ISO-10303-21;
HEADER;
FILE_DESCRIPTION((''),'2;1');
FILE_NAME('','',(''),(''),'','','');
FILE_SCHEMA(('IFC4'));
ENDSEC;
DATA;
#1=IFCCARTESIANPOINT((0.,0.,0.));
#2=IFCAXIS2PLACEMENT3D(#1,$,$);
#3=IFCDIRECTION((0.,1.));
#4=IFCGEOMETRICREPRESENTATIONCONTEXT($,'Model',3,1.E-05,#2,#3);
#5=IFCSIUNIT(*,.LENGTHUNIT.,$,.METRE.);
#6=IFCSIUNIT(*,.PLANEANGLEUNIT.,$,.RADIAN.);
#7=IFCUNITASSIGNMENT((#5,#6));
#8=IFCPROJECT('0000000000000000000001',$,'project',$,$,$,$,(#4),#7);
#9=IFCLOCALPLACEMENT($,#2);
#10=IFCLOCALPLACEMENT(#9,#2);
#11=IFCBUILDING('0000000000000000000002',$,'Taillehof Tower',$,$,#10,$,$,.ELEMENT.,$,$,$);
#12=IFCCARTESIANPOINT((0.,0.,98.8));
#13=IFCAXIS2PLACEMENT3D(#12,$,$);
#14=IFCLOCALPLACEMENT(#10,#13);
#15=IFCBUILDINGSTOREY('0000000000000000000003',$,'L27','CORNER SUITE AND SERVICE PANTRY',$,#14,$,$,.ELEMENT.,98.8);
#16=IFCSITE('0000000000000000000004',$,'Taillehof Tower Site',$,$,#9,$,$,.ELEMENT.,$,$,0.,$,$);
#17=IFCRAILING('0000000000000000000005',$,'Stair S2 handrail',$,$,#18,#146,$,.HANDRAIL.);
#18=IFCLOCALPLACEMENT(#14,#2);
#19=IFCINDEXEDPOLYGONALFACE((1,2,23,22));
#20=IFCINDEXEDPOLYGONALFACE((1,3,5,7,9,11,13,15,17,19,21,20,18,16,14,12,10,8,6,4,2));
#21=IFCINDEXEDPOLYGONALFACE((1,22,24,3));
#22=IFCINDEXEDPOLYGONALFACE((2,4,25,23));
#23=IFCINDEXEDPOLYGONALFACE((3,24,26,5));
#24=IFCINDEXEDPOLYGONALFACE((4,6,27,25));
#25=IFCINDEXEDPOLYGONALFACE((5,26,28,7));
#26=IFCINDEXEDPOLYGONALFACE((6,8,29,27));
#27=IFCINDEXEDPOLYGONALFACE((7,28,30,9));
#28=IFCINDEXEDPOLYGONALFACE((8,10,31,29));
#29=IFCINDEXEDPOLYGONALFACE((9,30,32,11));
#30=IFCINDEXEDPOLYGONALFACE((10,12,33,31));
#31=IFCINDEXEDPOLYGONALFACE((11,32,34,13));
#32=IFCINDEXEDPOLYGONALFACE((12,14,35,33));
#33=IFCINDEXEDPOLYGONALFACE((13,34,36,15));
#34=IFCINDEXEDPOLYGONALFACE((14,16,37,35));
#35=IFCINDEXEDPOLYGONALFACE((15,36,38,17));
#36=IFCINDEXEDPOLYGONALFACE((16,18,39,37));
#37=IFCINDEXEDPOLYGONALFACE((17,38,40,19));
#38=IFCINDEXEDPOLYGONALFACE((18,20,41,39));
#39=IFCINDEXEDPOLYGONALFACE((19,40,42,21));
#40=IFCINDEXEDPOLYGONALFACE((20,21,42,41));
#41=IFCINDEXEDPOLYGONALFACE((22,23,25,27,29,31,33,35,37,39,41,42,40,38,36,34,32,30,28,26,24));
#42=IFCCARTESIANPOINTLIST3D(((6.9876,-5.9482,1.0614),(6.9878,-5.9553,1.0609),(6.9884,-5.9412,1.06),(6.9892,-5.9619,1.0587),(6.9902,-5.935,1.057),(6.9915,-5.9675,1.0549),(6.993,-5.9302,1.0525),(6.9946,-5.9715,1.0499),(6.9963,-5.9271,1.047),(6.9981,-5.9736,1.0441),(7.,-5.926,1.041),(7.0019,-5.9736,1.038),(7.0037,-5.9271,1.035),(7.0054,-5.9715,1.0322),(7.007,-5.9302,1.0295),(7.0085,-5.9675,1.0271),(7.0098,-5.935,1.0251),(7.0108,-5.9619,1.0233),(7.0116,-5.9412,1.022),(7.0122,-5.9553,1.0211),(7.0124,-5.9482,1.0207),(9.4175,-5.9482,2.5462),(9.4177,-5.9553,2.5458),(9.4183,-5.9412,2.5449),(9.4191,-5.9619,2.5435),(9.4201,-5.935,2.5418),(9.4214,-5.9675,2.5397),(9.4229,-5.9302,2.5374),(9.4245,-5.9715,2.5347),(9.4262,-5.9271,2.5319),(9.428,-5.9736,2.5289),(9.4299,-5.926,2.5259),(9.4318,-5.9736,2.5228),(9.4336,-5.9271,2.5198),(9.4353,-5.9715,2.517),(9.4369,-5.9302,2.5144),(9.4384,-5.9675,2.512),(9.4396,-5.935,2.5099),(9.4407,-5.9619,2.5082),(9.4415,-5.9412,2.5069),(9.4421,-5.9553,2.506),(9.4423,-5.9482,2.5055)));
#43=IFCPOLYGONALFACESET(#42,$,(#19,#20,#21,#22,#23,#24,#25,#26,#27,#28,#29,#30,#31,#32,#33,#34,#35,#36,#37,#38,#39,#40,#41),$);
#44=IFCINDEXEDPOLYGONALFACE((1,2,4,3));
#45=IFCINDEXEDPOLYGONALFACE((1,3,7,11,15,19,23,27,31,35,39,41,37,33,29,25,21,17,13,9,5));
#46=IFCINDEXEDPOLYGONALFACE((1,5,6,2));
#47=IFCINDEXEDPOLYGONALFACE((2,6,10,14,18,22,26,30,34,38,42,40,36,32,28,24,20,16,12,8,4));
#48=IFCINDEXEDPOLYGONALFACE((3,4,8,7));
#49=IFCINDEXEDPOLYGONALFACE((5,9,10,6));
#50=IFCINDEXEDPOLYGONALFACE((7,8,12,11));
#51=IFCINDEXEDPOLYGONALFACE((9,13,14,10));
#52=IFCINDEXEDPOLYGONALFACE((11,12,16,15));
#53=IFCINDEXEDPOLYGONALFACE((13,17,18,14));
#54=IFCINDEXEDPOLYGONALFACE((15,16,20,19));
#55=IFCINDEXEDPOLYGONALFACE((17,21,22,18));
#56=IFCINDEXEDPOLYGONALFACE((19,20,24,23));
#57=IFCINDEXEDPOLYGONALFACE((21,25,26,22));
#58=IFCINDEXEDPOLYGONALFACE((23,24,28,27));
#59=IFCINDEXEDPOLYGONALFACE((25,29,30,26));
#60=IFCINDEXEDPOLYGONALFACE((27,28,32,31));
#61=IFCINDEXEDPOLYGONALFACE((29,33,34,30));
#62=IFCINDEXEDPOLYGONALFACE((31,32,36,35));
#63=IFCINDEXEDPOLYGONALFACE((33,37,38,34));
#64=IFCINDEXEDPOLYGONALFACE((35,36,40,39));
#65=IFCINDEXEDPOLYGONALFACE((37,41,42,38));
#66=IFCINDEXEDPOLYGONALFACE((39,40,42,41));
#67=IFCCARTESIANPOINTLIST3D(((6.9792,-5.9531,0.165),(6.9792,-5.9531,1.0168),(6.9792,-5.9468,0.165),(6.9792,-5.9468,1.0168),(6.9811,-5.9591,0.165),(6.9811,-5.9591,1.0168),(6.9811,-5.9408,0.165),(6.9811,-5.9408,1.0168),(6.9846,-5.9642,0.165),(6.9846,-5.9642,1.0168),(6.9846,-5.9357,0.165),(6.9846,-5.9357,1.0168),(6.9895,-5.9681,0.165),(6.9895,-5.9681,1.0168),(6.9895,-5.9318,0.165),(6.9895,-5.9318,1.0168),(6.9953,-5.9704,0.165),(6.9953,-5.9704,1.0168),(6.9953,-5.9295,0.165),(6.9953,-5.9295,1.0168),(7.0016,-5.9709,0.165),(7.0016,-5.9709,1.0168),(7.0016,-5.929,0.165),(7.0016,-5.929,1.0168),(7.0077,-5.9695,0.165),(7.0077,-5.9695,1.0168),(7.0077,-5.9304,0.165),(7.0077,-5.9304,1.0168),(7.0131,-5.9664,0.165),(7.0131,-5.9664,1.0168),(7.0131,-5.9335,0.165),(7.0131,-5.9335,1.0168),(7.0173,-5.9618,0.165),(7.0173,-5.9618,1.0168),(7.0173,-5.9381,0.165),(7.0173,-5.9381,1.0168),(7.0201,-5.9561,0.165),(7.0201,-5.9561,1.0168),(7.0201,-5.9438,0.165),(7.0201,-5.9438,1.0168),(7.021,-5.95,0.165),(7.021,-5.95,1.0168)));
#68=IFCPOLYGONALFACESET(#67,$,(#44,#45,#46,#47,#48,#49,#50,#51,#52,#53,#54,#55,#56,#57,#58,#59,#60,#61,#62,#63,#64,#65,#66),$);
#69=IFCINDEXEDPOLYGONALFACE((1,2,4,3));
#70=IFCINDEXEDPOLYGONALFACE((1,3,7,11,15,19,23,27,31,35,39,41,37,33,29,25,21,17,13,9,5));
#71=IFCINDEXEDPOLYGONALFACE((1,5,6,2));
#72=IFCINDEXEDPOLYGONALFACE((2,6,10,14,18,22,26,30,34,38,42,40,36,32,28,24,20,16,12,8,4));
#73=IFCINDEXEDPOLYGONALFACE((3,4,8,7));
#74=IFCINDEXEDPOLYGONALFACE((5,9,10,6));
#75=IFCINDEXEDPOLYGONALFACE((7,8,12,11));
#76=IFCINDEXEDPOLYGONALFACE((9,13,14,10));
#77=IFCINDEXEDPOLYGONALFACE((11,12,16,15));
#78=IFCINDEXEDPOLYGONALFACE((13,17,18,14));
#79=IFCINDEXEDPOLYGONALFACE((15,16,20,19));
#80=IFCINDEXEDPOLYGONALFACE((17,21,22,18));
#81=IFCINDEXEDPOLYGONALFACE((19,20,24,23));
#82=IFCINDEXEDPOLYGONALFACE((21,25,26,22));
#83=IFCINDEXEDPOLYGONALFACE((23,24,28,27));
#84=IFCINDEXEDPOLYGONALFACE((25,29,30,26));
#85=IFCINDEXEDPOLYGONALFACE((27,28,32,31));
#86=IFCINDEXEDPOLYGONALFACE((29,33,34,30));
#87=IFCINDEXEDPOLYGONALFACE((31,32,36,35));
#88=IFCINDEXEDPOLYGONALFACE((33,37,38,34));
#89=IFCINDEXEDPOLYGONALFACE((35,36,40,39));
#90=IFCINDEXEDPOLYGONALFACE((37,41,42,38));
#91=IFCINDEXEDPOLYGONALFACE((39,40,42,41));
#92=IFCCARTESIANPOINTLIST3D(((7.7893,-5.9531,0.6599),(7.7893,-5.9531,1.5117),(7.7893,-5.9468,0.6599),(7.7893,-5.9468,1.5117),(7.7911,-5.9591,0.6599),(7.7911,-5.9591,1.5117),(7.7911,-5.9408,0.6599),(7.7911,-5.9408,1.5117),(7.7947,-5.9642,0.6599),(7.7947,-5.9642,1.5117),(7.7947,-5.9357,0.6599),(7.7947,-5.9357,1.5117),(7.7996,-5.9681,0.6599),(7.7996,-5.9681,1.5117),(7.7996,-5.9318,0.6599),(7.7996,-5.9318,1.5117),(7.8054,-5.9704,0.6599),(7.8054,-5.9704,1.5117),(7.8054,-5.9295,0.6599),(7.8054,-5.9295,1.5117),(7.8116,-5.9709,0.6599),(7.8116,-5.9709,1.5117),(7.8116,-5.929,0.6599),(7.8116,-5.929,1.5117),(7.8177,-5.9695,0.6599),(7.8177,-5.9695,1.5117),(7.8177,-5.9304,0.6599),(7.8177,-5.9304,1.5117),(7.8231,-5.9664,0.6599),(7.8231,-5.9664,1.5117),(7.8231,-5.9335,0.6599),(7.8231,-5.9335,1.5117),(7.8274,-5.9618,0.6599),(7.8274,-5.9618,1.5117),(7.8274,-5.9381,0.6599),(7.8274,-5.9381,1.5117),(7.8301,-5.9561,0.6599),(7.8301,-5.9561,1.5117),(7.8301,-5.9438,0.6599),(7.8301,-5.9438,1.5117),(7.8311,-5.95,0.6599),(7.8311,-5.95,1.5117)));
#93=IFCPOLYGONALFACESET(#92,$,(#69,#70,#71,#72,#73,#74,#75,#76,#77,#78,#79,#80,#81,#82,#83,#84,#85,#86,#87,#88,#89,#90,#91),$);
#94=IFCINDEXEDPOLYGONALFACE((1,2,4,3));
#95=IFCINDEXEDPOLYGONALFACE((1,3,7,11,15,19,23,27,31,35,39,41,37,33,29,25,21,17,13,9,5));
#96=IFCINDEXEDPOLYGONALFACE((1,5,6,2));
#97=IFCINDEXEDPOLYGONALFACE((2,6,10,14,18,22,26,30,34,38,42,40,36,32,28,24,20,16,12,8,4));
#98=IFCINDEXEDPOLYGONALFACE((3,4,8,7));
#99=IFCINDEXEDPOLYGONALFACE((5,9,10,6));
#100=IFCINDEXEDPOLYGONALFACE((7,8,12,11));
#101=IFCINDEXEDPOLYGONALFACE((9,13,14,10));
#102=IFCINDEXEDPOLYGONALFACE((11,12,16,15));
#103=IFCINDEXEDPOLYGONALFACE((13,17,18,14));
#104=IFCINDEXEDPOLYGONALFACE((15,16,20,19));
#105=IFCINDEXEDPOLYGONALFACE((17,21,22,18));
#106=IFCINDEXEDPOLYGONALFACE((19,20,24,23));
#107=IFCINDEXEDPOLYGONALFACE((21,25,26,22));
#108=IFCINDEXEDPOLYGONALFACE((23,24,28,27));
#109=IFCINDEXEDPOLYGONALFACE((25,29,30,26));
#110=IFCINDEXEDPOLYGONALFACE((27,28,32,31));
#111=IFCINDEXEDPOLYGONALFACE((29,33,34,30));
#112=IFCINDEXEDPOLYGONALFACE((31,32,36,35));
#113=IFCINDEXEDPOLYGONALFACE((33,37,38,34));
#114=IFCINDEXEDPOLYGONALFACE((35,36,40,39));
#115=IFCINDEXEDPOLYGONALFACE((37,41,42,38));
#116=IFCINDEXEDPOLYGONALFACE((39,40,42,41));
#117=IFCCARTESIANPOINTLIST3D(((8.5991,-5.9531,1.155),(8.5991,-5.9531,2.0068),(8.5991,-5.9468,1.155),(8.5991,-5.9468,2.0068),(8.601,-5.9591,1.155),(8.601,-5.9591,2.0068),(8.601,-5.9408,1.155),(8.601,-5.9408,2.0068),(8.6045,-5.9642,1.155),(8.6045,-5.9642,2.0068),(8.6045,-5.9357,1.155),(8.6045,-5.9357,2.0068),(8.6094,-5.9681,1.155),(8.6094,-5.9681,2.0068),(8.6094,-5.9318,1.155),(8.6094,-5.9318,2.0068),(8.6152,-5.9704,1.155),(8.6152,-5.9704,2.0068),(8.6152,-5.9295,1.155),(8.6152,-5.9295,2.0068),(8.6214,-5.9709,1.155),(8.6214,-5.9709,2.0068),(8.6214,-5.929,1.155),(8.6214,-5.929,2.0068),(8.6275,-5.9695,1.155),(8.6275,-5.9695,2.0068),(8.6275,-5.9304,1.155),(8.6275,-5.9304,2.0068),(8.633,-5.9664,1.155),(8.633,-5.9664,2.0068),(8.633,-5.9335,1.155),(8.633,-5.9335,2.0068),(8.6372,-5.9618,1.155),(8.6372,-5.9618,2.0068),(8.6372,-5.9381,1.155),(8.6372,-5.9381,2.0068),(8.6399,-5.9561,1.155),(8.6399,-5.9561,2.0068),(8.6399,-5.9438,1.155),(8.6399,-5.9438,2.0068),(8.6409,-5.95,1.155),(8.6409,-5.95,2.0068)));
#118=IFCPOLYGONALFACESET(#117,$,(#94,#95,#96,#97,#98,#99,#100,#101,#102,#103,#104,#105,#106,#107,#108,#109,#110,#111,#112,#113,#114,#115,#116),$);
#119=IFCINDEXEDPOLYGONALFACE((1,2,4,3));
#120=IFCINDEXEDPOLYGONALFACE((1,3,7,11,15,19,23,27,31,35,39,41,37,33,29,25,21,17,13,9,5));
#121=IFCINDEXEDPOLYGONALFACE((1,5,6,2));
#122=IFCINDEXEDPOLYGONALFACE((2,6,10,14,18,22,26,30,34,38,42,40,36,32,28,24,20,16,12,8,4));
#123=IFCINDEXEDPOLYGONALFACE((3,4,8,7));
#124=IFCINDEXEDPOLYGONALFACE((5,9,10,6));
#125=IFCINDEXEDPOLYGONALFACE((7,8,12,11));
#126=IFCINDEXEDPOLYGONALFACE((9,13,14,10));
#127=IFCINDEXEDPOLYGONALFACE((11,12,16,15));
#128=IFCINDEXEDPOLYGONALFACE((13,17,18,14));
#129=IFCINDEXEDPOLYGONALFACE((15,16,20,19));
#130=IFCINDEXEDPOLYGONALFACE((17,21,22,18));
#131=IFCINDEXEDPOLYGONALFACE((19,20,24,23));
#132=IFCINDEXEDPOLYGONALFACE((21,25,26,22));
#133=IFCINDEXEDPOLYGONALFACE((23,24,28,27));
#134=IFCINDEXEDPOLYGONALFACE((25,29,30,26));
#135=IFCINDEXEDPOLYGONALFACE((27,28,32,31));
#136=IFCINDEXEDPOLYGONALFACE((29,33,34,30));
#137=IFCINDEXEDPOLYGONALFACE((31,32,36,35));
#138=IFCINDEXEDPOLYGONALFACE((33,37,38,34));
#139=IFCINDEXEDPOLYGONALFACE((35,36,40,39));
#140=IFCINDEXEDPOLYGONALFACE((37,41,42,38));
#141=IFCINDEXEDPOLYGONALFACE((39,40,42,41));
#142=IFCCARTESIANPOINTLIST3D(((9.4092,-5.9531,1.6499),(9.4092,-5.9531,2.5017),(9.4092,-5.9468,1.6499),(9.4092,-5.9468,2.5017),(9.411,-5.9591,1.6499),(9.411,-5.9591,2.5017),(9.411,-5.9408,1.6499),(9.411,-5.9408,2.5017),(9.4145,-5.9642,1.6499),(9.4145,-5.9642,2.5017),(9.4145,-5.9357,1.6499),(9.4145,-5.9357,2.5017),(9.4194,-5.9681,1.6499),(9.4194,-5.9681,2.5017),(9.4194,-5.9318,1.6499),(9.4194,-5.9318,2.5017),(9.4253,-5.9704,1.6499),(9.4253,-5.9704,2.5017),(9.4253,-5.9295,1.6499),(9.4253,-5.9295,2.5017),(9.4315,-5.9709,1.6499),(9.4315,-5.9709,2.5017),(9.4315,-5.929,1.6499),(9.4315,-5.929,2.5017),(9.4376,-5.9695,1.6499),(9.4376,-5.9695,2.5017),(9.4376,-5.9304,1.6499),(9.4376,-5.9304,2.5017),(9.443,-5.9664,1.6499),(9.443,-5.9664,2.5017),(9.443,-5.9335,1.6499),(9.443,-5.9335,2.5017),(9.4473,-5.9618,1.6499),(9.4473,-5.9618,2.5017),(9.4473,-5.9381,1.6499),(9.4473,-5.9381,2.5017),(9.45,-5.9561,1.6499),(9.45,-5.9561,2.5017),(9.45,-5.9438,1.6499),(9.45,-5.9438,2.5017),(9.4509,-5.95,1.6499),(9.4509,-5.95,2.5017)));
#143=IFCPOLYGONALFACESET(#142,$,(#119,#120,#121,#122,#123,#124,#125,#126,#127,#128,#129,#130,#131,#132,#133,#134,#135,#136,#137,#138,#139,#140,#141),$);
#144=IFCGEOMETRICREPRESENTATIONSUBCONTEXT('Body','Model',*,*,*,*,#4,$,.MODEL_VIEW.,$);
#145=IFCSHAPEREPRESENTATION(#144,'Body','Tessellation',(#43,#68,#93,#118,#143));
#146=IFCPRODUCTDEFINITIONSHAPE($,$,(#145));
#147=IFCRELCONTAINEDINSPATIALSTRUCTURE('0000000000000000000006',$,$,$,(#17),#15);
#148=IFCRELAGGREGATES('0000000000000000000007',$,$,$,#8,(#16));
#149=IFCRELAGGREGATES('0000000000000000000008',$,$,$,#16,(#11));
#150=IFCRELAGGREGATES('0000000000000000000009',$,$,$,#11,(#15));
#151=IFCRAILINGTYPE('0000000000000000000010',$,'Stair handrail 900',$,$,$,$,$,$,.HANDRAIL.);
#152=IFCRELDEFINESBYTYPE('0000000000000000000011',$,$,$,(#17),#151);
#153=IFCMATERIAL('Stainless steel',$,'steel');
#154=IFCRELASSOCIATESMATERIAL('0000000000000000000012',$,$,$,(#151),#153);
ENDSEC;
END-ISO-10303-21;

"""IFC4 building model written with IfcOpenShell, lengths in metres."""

from ifc_helpers import new_model, si_unit, direction, frame, origin, origin_2d, place, context, subcontext, project, spatial, circle, extrude, material, type_object, element, save


model = new_model("IFC4")

# Units and contexts
model_context = context("Model", 3, precision=1e-05, world=origin(), true_north=direction((0.0, 1.0)))
body_context = subcontext(model_context, "Body", "Model", "MODEL_VIEW")
ifc_project = project(units=[si_unit("LENGTHUNIT", "METRE"), si_unit("PLANEANGLEUNIT", "RADIAN")], contexts=[model_context])

# Site, building, storey
site_placement = place(None, origin())
site = spatial("IfcSite", under=ifc_project, at=site_placement, Name="Taillehof Tower Site", CompositionType="ELEMENT", RefElevation=0.0)
building_placement = place(site_placement, origin())
building = spatial("IfcBuilding", under=site, at=building_placement, Name="Taillehof Tower", CompositionType="ELEMENT")
storey_placement = place(building_placement, frame((0.0, 0.0, 98.8)))
storey = spatial("IfcBuildingStorey", under=building, at=storey_placement, Name="L27", Description="CORNER SUITE AND SERVICE PANTRY", CompositionType="ELEMENT", Elevation=98.8)

# Railing
ifc_material_1 = material(Name="Stainless steel", Category="steel")
railing_type = type_object("IfcRailingType", Name="Stair handrail 900", PredefinedType="HANDRAIL", material=ifc_material_1)
railing_1_placement = place(storey_placement, frame((7.0, -5.95, 0.165)))
element("IfcRailing", 1, at=railing_1_placement, inside=storey, type_object=railing_type, Name="Stair S2 handrail", PredefinedType="HANDRAIL", context=body_context, shape_type="SweptSolid", body=[
    extrude(circle(Radius=0.0239, at=origin_2d()), frame((0.0, 0.0, 0.876), z_axis=(0.853297, 0.0, 0.521426), x_axis=(0.0, 1.0, 0.0)), (0.0, 0.0, 1.0), 2.8477),
    extrude(circle(Radius=0.021, at=origin_2d()), origin(), (0.0, 0.0, 1.0), 0.8518),
    extrude(circle(Radius=0.021, at=origin_2d()), frame((0.8101, 0.0, 0.4949)), (0.0, 0.0, 1.0), 0.8518),
    extrude(circle(Radius=0.021, at=origin_2d()), frame((1.6199, 0.0, 0.99)), (0.0, 0.0, 1.0), 0.8518),
    extrude(circle(Radius=0.021, at=origin_2d()), frame((2.4299, 0.0, 1.4849)), (0.0, 0.0, 1.0), 0.8518),
])

save(model, "model.ifc")
